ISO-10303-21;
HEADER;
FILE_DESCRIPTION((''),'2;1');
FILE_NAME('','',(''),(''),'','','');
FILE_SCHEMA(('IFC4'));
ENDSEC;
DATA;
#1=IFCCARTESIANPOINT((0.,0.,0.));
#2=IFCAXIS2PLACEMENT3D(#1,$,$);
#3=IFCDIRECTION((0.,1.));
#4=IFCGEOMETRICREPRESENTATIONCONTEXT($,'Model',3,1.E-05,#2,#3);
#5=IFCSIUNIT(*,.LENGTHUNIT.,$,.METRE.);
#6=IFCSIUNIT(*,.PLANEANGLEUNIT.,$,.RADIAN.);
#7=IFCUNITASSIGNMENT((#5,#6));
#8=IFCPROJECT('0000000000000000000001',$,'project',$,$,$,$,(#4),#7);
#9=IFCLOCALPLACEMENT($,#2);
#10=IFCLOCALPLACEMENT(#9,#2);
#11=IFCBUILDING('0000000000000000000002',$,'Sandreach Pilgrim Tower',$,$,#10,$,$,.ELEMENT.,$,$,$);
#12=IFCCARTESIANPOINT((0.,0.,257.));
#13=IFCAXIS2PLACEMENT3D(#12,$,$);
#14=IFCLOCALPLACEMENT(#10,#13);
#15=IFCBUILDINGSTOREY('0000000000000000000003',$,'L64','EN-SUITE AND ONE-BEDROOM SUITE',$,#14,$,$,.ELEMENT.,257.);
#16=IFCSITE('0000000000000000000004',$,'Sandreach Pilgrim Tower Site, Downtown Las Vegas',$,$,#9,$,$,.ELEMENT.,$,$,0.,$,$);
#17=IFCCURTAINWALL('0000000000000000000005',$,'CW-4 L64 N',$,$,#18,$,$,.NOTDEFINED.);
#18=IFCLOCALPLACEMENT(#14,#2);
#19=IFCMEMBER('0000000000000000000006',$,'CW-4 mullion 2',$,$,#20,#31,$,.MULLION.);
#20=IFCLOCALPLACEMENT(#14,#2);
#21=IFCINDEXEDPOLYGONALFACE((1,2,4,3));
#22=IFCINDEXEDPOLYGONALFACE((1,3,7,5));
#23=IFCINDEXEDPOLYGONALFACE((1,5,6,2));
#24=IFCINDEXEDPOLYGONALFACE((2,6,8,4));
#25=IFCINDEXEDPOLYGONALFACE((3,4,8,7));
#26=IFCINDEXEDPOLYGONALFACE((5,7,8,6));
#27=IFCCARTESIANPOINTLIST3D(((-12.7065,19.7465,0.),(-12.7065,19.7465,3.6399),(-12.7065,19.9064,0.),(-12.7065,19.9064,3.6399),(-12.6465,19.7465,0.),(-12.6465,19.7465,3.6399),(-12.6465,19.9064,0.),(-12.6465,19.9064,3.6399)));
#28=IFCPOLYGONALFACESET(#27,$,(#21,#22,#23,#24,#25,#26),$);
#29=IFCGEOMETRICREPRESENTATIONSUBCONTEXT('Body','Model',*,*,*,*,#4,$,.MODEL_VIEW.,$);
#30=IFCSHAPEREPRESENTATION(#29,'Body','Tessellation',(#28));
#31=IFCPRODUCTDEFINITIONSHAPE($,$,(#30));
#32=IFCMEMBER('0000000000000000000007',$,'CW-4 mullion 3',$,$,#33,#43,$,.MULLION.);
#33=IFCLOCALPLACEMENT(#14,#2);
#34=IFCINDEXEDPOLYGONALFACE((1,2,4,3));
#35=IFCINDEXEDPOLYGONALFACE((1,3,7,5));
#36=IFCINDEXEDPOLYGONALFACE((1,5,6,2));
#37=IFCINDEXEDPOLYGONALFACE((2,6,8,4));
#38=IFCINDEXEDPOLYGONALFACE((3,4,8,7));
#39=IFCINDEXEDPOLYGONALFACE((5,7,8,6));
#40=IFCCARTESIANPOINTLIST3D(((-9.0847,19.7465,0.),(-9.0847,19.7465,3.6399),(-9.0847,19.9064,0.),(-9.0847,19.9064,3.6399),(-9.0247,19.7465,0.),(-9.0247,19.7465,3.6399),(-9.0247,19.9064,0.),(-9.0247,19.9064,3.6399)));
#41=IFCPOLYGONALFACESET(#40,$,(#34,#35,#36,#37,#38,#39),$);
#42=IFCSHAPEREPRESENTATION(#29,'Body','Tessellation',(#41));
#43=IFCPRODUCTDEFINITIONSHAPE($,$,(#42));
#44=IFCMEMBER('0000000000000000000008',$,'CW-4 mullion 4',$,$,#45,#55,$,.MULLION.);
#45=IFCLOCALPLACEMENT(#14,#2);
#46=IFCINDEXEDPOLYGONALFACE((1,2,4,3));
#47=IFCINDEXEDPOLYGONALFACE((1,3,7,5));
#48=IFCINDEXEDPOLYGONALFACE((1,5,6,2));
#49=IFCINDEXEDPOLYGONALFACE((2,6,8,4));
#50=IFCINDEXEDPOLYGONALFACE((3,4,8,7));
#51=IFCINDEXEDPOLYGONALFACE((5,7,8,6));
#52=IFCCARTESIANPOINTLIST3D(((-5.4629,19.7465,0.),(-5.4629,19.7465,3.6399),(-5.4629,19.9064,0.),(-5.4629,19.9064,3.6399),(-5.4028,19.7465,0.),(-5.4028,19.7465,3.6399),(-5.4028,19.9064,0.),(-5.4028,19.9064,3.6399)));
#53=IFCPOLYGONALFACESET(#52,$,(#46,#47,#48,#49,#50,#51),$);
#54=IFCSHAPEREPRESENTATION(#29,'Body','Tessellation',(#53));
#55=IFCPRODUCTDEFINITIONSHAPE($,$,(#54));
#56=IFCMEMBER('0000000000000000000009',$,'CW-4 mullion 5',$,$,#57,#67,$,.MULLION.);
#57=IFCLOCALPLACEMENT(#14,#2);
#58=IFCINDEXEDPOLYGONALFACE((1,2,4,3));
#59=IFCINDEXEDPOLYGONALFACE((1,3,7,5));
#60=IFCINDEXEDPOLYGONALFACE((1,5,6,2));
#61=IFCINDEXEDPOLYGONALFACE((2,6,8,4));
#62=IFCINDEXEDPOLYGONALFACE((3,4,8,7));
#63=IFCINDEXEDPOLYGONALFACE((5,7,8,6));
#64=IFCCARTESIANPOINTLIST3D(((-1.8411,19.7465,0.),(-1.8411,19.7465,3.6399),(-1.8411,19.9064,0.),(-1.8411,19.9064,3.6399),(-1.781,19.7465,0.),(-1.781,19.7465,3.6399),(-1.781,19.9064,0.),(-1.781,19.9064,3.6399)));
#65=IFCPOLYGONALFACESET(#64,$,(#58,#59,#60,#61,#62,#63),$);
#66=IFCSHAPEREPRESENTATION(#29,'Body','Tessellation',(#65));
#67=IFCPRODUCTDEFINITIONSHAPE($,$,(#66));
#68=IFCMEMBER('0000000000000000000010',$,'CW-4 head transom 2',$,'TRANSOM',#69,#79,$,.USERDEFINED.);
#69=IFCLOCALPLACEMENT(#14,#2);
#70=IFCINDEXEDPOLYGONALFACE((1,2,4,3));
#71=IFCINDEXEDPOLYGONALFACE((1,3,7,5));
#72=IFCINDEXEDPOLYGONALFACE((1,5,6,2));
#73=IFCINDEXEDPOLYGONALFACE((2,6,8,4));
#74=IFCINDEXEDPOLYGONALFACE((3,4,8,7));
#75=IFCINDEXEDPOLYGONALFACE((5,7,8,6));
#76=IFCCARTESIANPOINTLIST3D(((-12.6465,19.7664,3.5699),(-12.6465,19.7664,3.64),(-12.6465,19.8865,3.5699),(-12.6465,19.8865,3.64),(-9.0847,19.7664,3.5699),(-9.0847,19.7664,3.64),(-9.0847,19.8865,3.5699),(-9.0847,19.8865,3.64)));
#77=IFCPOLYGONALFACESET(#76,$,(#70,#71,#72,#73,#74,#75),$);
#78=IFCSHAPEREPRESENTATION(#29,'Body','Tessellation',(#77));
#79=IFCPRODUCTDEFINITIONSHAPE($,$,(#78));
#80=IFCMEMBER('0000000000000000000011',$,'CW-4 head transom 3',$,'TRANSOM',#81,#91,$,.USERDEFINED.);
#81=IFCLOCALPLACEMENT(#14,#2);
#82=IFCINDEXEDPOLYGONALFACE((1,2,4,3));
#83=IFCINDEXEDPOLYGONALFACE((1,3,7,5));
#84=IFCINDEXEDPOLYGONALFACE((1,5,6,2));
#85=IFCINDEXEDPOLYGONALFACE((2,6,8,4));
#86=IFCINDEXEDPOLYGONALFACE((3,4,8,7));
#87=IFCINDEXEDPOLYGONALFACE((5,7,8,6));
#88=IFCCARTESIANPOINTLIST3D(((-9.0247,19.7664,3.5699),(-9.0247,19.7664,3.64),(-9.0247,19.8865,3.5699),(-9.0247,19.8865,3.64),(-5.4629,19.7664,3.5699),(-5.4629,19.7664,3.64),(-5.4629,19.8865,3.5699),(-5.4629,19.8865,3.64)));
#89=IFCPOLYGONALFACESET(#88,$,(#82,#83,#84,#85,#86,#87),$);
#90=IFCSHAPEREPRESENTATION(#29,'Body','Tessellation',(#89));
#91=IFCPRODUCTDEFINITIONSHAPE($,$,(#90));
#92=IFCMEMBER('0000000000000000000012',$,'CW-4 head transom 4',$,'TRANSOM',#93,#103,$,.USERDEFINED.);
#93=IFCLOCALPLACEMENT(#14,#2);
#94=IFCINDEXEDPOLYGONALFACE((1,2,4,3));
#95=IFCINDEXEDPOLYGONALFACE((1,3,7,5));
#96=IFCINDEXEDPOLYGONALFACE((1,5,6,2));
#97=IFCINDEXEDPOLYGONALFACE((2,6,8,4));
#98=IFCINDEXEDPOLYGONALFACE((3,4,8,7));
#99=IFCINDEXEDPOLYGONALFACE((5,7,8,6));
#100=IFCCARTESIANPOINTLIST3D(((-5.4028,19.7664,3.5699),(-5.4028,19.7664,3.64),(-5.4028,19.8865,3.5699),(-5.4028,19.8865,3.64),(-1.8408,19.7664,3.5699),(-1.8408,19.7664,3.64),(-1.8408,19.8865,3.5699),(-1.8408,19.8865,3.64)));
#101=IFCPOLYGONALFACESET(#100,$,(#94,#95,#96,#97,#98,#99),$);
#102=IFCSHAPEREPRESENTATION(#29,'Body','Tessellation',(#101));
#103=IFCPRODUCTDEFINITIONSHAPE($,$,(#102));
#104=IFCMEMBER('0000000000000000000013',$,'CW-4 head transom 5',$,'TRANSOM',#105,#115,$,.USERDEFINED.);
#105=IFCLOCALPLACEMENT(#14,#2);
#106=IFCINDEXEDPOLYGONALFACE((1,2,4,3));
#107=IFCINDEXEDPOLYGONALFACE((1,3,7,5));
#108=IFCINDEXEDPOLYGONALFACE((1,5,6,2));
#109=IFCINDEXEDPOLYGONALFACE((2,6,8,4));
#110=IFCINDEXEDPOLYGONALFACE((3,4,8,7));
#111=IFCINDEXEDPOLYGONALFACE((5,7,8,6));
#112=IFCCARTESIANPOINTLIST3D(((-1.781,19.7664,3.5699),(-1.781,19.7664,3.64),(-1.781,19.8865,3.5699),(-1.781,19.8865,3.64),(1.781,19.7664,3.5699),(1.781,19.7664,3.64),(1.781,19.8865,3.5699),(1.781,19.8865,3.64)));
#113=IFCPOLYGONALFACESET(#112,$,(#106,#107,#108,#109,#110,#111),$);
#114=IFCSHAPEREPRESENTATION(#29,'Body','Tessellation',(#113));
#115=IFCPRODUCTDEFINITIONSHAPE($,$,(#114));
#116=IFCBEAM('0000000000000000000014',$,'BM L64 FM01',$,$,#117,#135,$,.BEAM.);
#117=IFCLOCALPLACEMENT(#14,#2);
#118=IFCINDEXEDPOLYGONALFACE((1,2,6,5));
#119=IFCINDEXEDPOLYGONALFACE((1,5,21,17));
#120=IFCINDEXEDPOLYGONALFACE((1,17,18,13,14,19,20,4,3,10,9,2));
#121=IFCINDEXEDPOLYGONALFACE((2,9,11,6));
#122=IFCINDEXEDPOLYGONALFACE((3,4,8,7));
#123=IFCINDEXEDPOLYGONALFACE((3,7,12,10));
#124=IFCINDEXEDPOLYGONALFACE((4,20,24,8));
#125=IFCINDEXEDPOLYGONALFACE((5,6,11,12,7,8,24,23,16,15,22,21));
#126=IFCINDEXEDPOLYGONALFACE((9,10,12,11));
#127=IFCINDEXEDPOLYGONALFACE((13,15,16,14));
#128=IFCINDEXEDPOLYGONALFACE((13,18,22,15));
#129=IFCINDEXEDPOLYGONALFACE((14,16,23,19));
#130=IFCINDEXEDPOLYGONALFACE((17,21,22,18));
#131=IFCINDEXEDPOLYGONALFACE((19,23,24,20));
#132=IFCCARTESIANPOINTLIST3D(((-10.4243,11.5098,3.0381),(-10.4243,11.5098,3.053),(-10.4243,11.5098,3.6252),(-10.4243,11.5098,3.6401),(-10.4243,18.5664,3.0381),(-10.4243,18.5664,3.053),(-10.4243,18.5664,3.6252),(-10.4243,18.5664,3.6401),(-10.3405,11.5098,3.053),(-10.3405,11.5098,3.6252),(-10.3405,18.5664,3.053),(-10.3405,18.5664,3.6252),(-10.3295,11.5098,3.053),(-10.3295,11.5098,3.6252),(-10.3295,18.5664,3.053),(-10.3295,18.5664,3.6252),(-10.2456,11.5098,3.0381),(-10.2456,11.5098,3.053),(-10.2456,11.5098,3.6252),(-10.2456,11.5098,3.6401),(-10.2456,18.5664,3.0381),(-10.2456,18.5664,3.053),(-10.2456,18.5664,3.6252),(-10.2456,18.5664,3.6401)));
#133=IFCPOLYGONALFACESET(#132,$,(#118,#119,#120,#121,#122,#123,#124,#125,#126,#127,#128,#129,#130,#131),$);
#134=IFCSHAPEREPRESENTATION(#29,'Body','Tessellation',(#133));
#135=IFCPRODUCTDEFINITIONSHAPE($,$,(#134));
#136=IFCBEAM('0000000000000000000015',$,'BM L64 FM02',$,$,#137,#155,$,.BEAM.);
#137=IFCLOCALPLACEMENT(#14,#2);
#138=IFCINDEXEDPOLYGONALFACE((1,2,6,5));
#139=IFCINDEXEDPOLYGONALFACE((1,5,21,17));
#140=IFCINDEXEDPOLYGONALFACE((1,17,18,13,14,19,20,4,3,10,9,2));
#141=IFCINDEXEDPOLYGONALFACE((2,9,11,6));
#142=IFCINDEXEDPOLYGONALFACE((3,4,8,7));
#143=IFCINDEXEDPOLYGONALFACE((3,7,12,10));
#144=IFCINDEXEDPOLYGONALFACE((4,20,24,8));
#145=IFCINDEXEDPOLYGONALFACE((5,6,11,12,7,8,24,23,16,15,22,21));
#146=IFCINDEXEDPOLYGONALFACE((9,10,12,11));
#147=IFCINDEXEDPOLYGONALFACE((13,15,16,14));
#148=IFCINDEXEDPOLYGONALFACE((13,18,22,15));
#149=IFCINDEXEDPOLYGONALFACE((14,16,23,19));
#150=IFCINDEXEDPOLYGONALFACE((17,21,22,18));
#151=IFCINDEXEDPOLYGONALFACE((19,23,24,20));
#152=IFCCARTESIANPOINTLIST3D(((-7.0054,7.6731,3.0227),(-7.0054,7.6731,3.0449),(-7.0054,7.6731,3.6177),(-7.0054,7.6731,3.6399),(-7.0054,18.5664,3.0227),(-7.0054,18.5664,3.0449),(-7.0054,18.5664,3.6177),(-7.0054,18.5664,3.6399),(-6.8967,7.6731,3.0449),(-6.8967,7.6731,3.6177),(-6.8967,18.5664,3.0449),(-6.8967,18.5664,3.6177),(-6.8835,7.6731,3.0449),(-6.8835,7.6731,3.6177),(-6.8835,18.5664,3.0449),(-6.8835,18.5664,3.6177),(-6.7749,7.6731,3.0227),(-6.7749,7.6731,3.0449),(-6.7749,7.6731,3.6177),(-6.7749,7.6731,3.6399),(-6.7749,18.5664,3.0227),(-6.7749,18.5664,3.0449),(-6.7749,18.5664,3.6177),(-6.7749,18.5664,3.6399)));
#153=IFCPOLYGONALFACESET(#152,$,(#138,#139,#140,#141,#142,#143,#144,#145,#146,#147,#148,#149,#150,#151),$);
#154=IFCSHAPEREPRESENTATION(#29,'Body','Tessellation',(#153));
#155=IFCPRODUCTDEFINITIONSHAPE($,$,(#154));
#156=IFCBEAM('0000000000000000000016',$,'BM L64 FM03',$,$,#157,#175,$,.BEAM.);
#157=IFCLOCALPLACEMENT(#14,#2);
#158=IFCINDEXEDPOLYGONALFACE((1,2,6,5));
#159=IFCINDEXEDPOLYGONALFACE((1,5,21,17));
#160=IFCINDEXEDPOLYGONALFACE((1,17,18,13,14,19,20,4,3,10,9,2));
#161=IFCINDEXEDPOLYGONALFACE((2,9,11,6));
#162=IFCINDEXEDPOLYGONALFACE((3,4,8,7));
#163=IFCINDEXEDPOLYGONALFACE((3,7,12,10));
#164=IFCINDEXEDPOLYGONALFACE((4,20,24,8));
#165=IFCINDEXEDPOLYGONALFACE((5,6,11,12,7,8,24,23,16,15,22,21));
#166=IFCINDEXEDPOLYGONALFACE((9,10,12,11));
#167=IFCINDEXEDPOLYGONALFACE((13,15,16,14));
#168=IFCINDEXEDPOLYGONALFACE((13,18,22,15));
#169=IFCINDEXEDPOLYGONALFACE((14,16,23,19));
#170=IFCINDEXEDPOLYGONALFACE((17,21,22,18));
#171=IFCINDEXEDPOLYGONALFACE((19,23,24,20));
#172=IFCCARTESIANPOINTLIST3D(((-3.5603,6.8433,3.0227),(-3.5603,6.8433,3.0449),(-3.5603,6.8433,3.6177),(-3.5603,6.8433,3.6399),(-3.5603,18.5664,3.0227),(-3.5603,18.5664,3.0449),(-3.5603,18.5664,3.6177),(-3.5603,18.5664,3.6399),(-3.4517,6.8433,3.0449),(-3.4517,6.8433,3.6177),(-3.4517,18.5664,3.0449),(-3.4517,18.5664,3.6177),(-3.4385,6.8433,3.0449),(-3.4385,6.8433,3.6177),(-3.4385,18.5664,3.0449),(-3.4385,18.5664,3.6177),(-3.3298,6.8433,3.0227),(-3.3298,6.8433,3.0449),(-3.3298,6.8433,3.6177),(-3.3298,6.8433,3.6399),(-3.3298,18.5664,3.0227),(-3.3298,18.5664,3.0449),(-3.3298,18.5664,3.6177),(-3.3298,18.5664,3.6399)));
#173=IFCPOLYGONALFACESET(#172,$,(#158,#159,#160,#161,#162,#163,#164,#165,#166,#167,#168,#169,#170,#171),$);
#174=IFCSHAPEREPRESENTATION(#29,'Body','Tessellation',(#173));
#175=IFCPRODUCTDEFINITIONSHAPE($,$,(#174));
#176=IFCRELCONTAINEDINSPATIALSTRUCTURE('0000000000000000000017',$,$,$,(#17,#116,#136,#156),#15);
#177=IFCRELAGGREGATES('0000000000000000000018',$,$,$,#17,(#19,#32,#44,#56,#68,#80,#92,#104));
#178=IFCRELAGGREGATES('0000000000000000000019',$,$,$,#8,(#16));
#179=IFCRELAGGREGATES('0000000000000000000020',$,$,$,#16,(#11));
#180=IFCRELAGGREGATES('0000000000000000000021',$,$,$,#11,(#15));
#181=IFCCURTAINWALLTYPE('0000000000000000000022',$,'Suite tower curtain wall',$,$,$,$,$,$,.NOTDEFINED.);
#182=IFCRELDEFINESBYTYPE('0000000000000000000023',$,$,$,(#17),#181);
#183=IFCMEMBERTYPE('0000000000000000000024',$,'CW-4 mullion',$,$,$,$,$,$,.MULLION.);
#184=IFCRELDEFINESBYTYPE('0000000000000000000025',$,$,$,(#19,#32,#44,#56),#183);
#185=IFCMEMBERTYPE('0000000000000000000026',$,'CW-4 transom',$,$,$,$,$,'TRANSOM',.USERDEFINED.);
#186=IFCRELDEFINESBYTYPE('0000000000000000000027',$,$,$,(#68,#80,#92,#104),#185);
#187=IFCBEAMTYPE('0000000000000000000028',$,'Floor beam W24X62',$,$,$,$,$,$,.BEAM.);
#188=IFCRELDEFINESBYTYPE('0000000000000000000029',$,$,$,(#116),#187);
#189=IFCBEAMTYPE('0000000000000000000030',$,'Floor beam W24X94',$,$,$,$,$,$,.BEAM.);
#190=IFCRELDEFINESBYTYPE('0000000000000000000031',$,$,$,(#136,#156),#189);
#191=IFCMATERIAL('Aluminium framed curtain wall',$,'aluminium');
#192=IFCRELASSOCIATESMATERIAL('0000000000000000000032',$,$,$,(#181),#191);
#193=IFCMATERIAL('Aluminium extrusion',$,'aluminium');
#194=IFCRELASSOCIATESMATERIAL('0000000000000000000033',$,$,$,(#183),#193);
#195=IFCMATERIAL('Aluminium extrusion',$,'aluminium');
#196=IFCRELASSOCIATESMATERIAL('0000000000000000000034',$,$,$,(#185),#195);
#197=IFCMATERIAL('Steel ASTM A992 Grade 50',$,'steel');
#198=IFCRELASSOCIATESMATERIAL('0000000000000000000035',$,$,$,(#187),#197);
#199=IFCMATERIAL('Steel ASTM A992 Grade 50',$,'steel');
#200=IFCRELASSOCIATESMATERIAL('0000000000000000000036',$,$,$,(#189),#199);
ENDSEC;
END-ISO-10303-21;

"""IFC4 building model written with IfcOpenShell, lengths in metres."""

from ifc_helpers import new_model, si_unit, direction, frame, origin, origin_2d, place, context, subcontext, project, spatial, rectangle, i_section, extrude, material, material_profile, profile_set, type_object, element, aggregate, save


model = new_model("IFC4")

# Units and contexts
model_context = context("Model", 3, precision=1e-05, world=origin(), true_north=direction((0.0, 1.0)))
body_context = subcontext(model_context, "Body", "Model", "MODEL_VIEW")
ifc_project = project(units=[si_unit("LENGTHUNIT", "METRE"), si_unit("PLANEANGLEUNIT", "RADIAN")], contexts=[model_context])

# Site, building, storey
site_placement = place(None, origin())
site = spatial("IfcSite", under=ifc_project, at=site_placement, Name="Sandreach Pilgrim Tower Site, Downtown Las Vegas", CompositionType="ELEMENT", RefElevation=0.0)
building_placement = place(site_placement, origin())
building = spatial("IfcBuilding", under=site, at=building_placement, Name="Sandreach Pilgrim Tower", CompositionType="ELEMENT")
storey_placement = place(building_placement, frame((0.0, 0.0, 257.0)))
storey = spatial("IfcBuildingStorey", under=building, at=storey_placement, Name="L64", Description="EN-SUITE AND ONE-BEDROOM SUITE", CompositionType="ELEMENT", Elevation=257.0)

# Curtain wall, members
ifc_material_1 = material(Name="Aluminium framed curtain wall", Category="aluminium")
curtain_wall_type = type_object("IfcCurtainWallType", Name="Suite tower curtain wall", PredefinedType="NOTDEFINED", material=ifc_material_1)
curtain_wall_placement = place(storey_placement, origin())
curtain_wall = element("IfcCurtainWall", 1, at=curtain_wall_placement, inside=storey, type_object=curtain_wall_type, Name="CW-4 L64 N", PredefinedType="NOTDEFINED")
ifc_material_2 = material(Name="Aluminium extrusion", Category="aluminium")
ifc_material_profile_1 = material_profile(ifc_material_2, rectangle(XDim=0.0601, YDim=0.1599, at=origin_2d()), Name="CW-4M 60X160")
ifc_profile_set_1 = profile_set([ifc_material_profile_1], Name="Aluminium extrusion")
member_type_1 = type_object("IfcMemberType", Name="CW-4 mullion", PredefinedType="MULLION", material=ifc_profile_set_1)
member_1_placement = place(storey_placement, frame((-12.6765, 19.8264, 0.0), z_axis=(0.0, 0.0, 1.0), x_axis=(1.0, 0.0, 0.0)))
member_1 = element("IfcMember", 2, at=member_1_placement, type_object=member_type_1, Name="CW-4 mullion 2", PredefinedType="MULLION", context=body_context, shape_type="SweptSolid", body=[
    extrude(rectangle(XDim=0.0601, YDim=0.1599, at=origin_2d()), origin(), (0.0, 0.0, 1.0), 3.6399),
])
member_2_placement = place(storey_placement, frame((-9.0547, 19.8264, 0.0), z_axis=(0.0, 0.0, 1.0), x_axis=(1.0, 0.0, 0.0)))
member_2 = element("IfcMember", 3, at=member_2_placement, type_object=member_type_1, Name="CW-4 mullion 3", PredefinedType="MULLION", context=body_context, shape_type="SweptSolid", body=[
    extrude(rectangle(XDim=0.0601, YDim=0.1599, at=origin_2d()), origin(), (0.0, 0.0, 1.0), 3.6399),
])
member_3_placement = place(storey_placement, frame((-5.4329, 19.8264, 0.0), z_axis=(0.0, 0.0, 1.0), x_axis=(1.0, 0.0, 0.0)))
member_3 = element("IfcMember", 4, at=member_3_placement, type_object=member_type_1, Name="CW-4 mullion 4", PredefinedType="MULLION", context=body_context, shape_type="SweptSolid", body=[
    extrude(rectangle(XDim=0.0601, YDim=0.1599, at=origin_2d()), origin(), (0.0, 0.0, 1.0), 3.6399),
])
member_4_placement = place(storey_placement, frame((-1.811, 19.8264, 0.0), z_axis=(0.0, 0.0, 1.0), x_axis=(1.0, 0.0, 0.0)))
member_4 = element("IfcMember", 5, at=member_4_placement, type_object=member_type_1, Name="CW-4 mullion 5", PredefinedType="MULLION", context=body_context, shape_type="SweptSolid", body=[
    extrude(rectangle(XDim=0.0601, YDim=0.1599, at=origin_2d()), origin(), (0.0, 0.0, 1.0), 3.6399),
])
ifc_material_3 = material(Name="Aluminium extrusion", Category="aluminium")
ifc_material_profile_2 = material_profile(ifc_material_3, rectangle(XDim=0.1201, YDim=0.0701, at=origin_2d()), Name="CW-4T 120X70")
ifc_profile_set_2 = profile_set([ifc_material_profile_2], Name="Aluminium extrusion")
member_type_2 = type_object("IfcMemberType", Name="CW-4 transom", ElementType="TRANSOM", PredefinedType="USERDEFINED", material=ifc_profile_set_2)
member_5_placement = place(storey_placement, frame((-12.6465, 19.8264, 3.605), z_axis=(1.0, 0.0, 0.0), x_axis=(0.0, 1.0, 0.0)))
member_5 = element("IfcMember", 6, at=member_5_placement, type_object=member_type_2, Name="CW-4 head transom 2", ObjectType="TRANSOM", PredefinedType="USERDEFINED", context=body_context, shape_type="SweptSolid", body=[
    extrude(rectangle(XDim=0.1201, YDim=0.0701, at=origin_2d()), origin(), (0.0, 0.0, 1.0), 3.5618),
])
member_6_placement = place(storey_placement, frame((-9.0247, 19.8264, 3.605), z_axis=(1.0, 0.0, 0.0), x_axis=(0.0, 1.0, 0.0)))
member_6 = element("IfcMember", 7, at=member_6_placement, type_object=member_type_2, Name="CW-4 head transom 3", ObjectType="TRANSOM", PredefinedType="USERDEFINED", context=body_context, shape_type="SweptSolid", body=[
    extrude(rectangle(XDim=0.1201, YDim=0.0701, at=origin_2d()), origin(), (0.0, 0.0, 1.0), 3.5618),
])
member_7_placement = place(storey_placement, frame((-5.4028, 19.8264, 3.605), z_axis=(1.0, 0.0, 0.0), x_axis=(0.0, 1.0, 0.0)))
member_7 = element("IfcMember", 8, at=member_7_placement, type_object=member_type_2, Name="CW-4 head transom 4", ObjectType="TRANSOM", PredefinedType="USERDEFINED", context=body_context, shape_type="SweptSolid", body=[
    extrude(rectangle(XDim=0.1201, YDim=0.0701, at=origin_2d()), origin(), (0.0, 0.0, 1.0), 3.562),
])
member_8_placement = place(storey_placement, frame((-1.781, 19.8264, 3.605), z_axis=(1.0, 0.0, 0.0), x_axis=(0.0, 1.0, 0.0)))
member_8 = element("IfcMember", 9, at=member_8_placement, type_object=member_type_2, Name="CW-4 head transom 5", ObjectType="TRANSOM", PredefinedType="USERDEFINED", context=body_context, shape_type="SweptSolid", body=[
    extrude(rectangle(XDim=0.1201, YDim=0.0701, at=origin_2d()), origin(), (0.0, 0.0, 1.0), 3.562),
])

# Beams
ifc_material_4 = material(Name="Steel ASTM A992 Grade 50", Category="steel")
ifc_material_profile_3 = material_profile(ifc_material_4, i_section(OverallWidth=0.1787, OverallDepth=0.6021, WebThickness=0.011, FlangeThickness=0.0149, at=origin_2d()), Name="W24X62")
ifc_profile_set_3 = profile_set([ifc_material_profile_3], Name="Steel ASTM A992 Grade 50")
beam_type_1 = type_object("IfcBeamType", Name="Floor beam W24X62", PredefinedType="BEAM", material=ifc_profile_set_3)
beam_1_placement = place(storey_placement, frame((-10.335, 18.5664, 3.3391), z_axis=(0.0, -1.0, 0.0), x_axis=(1.0, 0.0, 0.0)))
element("IfcBeam", 10, at=beam_1_placement, inside=storey, type_object=beam_type_1, Name="BM L64 FM01", PredefinedType="BEAM", context=body_context, shape_type="SweptSolid", body=[
    extrude(i_section(OverallWidth=0.1787, OverallDepth=0.6021, WebThickness=0.011, FlangeThickness=0.0149, at=origin_2d()), origin(), (0.0, 0.0, 1.0), 7.0566),
])
ifc_material_5 = material(Name="Steel ASTM A992 Grade 50", Category="steel")
ifc_material_profile_4 = material_profile(ifc_material_5, i_section(OverallWidth=0.2305, OverallDepth=0.6172, WebThickness=0.0132, FlangeThickness=0.0222, at=origin_2d()), Name="W24X94")
ifc_profile_set_4 = profile_set([ifc_material_profile_4], Name="Steel ASTM A992 Grade 50")
beam_type_2 = type_object("IfcBeamType", Name="Floor beam W24X94", PredefinedType="BEAM", material=ifc_profile_set_4)
beam_2_placement = place(storey_placement, frame((-6.8901, 18.5664, 3.3313), z_axis=(0.0, -1.0, 0.0), x_axis=(1.0, 0.0, 0.0)))
element("IfcBeam", 11, at=beam_2_placement, inside=storey, type_object=beam_type_2, Name="BM L64 FM02", PredefinedType="BEAM", context=body_context, shape_type="SweptSolid", body=[
    extrude(i_section(OverallWidth=0.2305, OverallDepth=0.6172, WebThickness=0.0132, FlangeThickness=0.0222, at=origin_2d()), origin(), (0.0, 0.0, 1.0), 10.8933),
])
for number, where, z_axis, x_axis, name in (
    (12, (-3.4451, 18.5664, 3.3313), (0.0, -1.0, 0.0), (1.0, 0.0, 0.0), "BM L64 FM03"),
):
    element("IfcBeam", number, at=place(storey_placement, frame(where, z_axis=z_axis, x_axis=x_axis)), inside=storey, type_object=beam_type_2, Name=name, PredefinedType="BEAM", context=body_context, shape_type="SweptSolid", body=[
        extrude(i_section(OverallWidth=0.2305, OverallDepth=0.6172, WebThickness=0.0132, FlangeThickness=0.0222, at=origin_2d()), origin(), (0.0, 0.0, 1.0), 11.7231),
    ])

aggregate(curtain_wall, [member_1, member_2, member_3, member_4, member_5, member_6, member_7, member_8])

save(model, "model.ifc")
